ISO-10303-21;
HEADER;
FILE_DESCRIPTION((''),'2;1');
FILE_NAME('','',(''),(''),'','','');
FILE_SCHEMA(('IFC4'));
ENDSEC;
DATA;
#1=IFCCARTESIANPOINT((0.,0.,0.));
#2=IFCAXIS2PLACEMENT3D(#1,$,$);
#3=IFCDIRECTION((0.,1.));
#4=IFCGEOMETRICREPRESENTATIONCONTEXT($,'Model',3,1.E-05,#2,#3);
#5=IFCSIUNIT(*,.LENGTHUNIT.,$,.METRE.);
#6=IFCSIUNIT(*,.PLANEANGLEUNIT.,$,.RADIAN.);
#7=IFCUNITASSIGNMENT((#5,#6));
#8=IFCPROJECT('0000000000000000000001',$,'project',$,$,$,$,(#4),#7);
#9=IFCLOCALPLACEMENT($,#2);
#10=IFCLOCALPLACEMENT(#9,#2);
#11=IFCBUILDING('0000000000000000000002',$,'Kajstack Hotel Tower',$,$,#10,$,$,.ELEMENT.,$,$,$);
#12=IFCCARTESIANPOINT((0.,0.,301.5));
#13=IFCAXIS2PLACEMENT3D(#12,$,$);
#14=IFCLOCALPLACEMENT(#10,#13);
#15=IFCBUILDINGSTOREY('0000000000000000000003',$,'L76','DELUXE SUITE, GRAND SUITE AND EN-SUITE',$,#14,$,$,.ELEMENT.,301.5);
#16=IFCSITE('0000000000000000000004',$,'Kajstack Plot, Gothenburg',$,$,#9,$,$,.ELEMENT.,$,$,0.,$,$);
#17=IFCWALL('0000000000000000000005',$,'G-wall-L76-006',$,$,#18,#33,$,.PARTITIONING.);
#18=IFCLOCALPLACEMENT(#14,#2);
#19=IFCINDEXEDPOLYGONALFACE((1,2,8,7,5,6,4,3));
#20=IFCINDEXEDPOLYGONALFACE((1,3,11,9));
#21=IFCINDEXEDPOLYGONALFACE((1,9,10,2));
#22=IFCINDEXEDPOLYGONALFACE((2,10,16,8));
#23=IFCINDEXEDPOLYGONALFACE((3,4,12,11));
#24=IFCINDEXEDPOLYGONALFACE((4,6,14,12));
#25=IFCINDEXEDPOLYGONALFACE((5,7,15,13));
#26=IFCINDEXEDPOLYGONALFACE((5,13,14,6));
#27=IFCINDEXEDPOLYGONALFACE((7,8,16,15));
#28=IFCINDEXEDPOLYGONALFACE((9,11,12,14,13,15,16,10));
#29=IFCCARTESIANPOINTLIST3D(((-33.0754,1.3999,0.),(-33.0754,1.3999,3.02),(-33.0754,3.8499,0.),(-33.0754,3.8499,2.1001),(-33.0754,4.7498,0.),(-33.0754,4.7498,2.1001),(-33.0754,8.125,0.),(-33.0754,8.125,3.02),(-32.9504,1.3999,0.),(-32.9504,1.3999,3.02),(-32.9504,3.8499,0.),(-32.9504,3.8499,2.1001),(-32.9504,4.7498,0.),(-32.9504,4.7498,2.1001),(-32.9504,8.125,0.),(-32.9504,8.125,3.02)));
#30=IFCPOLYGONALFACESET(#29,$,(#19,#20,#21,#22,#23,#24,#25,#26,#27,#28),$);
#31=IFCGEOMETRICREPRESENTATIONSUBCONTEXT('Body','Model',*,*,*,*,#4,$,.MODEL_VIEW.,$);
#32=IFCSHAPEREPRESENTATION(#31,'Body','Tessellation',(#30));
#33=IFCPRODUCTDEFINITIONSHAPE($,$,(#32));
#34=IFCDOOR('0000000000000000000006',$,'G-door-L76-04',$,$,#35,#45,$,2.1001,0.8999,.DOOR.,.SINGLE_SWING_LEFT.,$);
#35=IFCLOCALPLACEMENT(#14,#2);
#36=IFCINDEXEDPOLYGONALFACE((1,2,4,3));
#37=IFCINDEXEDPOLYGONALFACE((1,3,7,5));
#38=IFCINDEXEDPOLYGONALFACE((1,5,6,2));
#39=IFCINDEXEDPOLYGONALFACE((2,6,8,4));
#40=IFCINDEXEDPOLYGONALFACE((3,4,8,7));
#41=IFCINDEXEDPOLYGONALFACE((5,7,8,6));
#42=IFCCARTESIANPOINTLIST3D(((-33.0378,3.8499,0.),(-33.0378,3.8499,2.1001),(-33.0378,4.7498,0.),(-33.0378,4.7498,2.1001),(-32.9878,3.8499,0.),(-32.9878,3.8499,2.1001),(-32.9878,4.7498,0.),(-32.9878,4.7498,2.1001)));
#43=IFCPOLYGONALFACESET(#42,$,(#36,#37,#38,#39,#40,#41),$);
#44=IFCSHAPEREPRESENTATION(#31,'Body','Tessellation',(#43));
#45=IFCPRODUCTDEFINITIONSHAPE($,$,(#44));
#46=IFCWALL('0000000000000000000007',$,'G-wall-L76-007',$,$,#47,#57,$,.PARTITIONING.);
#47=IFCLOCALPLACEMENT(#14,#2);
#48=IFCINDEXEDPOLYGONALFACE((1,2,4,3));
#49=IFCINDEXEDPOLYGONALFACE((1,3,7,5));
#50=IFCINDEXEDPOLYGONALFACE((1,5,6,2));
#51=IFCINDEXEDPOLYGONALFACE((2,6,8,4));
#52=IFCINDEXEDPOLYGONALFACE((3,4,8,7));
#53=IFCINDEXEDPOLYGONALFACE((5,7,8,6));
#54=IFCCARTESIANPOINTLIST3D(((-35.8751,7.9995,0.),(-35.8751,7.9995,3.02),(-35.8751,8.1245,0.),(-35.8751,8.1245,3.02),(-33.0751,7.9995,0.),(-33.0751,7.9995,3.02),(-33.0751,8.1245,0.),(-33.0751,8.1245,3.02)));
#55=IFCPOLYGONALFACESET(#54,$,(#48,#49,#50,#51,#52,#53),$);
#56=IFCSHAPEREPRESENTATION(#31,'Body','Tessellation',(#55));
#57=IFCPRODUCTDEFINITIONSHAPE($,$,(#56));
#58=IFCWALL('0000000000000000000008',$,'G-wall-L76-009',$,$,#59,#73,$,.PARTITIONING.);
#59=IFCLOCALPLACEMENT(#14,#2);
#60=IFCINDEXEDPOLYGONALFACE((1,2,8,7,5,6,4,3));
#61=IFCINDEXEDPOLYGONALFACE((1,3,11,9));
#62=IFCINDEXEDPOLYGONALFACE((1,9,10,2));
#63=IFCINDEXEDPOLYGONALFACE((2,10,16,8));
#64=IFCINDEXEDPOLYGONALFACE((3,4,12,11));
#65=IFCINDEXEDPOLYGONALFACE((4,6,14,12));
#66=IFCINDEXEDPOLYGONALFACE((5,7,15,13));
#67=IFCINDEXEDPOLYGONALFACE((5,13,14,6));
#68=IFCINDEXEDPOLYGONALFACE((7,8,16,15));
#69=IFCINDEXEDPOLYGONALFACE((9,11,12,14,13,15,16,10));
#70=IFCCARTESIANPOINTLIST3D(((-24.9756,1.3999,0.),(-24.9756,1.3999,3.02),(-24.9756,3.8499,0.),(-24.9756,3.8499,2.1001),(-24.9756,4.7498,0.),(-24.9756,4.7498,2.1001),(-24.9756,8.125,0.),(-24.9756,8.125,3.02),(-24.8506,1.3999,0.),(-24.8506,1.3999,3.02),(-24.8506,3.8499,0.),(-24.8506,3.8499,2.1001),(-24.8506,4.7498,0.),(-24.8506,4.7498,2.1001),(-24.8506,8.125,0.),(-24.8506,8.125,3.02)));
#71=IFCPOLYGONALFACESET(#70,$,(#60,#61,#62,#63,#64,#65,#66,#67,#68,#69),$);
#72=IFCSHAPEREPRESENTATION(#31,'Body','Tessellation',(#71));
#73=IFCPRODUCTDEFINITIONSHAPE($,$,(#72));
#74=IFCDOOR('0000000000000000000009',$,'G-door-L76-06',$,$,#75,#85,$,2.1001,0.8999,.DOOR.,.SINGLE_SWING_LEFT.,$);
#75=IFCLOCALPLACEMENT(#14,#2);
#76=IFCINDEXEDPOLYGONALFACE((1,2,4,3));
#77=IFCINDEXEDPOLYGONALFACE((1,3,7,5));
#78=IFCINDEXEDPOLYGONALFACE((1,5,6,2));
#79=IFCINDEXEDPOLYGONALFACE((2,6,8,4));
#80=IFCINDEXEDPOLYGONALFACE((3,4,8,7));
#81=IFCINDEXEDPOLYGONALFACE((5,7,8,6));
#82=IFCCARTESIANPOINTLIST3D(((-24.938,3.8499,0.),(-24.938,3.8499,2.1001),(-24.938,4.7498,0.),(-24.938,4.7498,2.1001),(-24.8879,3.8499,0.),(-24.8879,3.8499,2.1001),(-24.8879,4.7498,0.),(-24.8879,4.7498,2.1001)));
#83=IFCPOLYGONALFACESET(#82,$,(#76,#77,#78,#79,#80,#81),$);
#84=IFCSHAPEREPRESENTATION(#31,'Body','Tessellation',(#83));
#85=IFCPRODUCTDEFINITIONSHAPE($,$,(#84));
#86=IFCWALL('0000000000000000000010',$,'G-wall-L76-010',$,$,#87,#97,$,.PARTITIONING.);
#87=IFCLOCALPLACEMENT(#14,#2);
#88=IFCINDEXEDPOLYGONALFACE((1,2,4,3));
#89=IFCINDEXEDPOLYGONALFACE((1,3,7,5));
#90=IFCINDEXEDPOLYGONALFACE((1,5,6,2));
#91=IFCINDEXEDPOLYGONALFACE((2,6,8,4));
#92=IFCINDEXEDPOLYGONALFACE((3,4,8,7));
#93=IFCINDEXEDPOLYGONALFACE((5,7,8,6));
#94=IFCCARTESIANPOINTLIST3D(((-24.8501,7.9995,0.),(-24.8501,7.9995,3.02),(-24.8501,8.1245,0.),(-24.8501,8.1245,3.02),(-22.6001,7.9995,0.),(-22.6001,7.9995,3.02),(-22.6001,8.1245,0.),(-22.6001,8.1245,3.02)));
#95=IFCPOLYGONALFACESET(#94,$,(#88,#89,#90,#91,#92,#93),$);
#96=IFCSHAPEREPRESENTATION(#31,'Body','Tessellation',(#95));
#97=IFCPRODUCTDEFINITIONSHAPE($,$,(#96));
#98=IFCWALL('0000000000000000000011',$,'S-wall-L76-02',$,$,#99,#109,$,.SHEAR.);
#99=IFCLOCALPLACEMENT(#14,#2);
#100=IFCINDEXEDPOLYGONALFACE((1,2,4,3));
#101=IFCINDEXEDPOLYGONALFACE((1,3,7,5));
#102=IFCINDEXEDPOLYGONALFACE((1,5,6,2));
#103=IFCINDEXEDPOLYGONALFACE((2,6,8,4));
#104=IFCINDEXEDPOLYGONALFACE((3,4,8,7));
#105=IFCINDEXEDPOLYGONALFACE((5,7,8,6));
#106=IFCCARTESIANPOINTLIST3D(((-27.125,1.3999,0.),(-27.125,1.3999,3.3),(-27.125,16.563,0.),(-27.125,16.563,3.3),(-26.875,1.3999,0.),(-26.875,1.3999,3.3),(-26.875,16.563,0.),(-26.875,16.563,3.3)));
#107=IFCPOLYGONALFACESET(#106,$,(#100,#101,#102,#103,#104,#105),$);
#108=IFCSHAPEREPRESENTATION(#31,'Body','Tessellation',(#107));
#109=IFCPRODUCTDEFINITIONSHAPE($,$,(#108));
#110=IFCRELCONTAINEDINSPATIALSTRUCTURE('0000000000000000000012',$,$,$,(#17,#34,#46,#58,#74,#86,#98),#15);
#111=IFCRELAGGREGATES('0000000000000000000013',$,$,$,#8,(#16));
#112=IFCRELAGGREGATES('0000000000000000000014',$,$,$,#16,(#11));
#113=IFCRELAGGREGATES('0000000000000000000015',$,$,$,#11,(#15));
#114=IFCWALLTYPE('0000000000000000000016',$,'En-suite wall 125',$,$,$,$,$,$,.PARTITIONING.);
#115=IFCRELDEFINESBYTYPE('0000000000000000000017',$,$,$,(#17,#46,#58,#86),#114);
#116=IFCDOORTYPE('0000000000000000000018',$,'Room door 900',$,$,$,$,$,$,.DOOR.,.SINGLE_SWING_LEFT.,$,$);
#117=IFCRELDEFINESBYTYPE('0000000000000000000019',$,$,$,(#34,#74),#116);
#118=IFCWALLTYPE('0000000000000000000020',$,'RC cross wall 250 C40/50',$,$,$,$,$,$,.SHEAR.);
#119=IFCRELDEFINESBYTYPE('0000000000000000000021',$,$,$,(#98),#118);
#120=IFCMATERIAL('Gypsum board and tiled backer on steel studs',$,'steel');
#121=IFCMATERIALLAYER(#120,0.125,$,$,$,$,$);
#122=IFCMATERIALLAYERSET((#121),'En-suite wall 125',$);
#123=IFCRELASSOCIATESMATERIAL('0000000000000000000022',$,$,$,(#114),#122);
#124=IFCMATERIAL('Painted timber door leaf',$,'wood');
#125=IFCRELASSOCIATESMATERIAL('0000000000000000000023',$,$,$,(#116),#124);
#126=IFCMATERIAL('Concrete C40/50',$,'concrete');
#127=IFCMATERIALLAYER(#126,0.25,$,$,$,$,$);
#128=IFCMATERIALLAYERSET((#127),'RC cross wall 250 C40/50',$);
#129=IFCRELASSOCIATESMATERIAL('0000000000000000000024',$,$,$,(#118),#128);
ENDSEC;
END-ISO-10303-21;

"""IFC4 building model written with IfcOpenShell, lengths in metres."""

from ifc_helpers import new_model, si_unit, direction, frame, frame_2d, origin, place, context, subcontext, project, spatial, rectangle, extrude, material, layer, layer_set, type_object, element, fill, save


model = new_model("IFC4")

# Units and contexts
model_context = context("Model", 3, precision=1e-05, world=origin(), true_north=direction((0.0, 1.0)))
body_context = subcontext(model_context, "Body", "Model", "MODEL_VIEW")
ifc_project = project(units=[si_unit("LENGTHUNIT", "METRE"), si_unit("PLANEANGLEUNIT", "RADIAN")], contexts=[model_context])

# Site, building, storey
site_placement = place(None, origin())
site = spatial("IfcSite", under=ifc_project, at=site_placement, Name="Kajstack Plot, Gothenburg", CompositionType="ELEMENT", RefElevation=0.0)
building_placement = place(site_placement, origin())
building = spatial("IfcBuilding", under=site, at=building_placement, Name="Kajstack Hotel Tower", CompositionType="ELEMENT")
storey_placement = place(building_placement, frame((0.0, 0.0, 301.5)))
storey = spatial("IfcBuildingStorey", under=building, at=storey_placement, Name="L76", Description="DELUXE SUITE, GRAND SUITE AND EN-SUITE", CompositionType="ELEMENT", Elevation=301.5)

# Shared definitions
ifc_material_1 = material(Name="Gypsum board and tiled backer on steel studs", Category="steel")
ifc_layer_1 = layer(ifc_material_1, 0.125)
ifc_layer_set_1 = layer_set([ifc_layer_1], Name="En-suite wall 125")
wall_type_1 = type_object("IfcWallType", Name="En-suite wall 125", PredefinedType="PARTITIONING", material=ifc_layer_set_1)

# Wall, opening, door
wall_1_placement = place(storey_placement, frame((-33.0129, 1.3999, 0.0), z_axis=(0.0, 0.0, 1.0), x_axis=(0.0, 1.0, 0.0)))
wall_1 = element("IfcWall", 1, at=wall_1_placement, inside=storey, type_object=wall_type_1, Name="G-wall-L76-006", PredefinedType="PARTITIONING", context=body_context, shape_type="SweptSolid", body=[
    extrude(rectangle(XDim=6.7251, YDim=0.125, at=frame_2d((3.3625, 0.0))), origin(), (0.0, 0.0, 1.0), 3.02),
])
opening_1_placement = place(wall_1_placement, frame((2.45, 0.0, 0.0)))
opening_1 = element("IfcOpeningElement", 2, at=opening_1_placement, cuts=wall_1, PredefinedType="OPENING", context=body_context, shape_type="SweptSolid", body=[
    extrude(rectangle(XDim=0.8999, YDim=2.1001, at=frame_2d((0.45, 1.05))), frame((0.0, 0.0725, 0.0), z_axis=(0.0, -1.0, 0.0), x_axis=(1.0, 0.0, 0.0)), (0.0, 0.0, 1.0), 0.145),
])
ifc_material_2 = material(Name="Painted timber door leaf", Category="wood")
door_type = type_object("IfcDoorType", Name="Room door 900", OperationType="SINGLE_SWING_LEFT", PredefinedType="DOOR", material=ifc_material_2)
door_1_placement = place(opening_1_placement, origin())
door_1 = element("IfcDoor", 3, at=door_1_placement, inside=storey, type_object=door_type, Name="G-door-L76-04", OperationType="SINGLE_SWING_LEFT", OverallHeight=2.1001, OverallWidth=0.8999, PredefinedType="DOOR", context=body_context, shape_type="SweptSolid", body=[
    extrude(rectangle(XDim=0.8999, YDim=2.1001, at=frame_2d((0.45, 1.05))), frame((0.0, 0.0249, 0.0), z_axis=(0.0, -1.0, 0.0), x_axis=(1.0, 0.0, 0.0)), (0.0, 0.0, 1.0), 0.05),
])
fill(opening_1, door_1)

# Wall
wall_2_placement = place(storey_placement, frame((-35.875, 8.062, 0.0), z_axis=(0.0, 0.0, 1.0), x_axis=(1.0, 0.0, 0.0)))
element("IfcWall", 4, at=wall_2_placement, inside=storey, type_object=wall_type_1, Name="G-wall-L76-007", PredefinedType="PARTITIONING", context=body_context, shape_type="SweptSolid", body=[
    extrude(rectangle(XDim=2.8, YDim=0.125, at=frame_2d((1.3999, 0.0))), origin(), (0.0, 0.0, 1.0), 3.02),
])

# Wall, opening, door
wall_3_placement = place(storey_placement, frame((-24.9131, 1.3999, 0.0), z_axis=(0.0, 0.0, 1.0), x_axis=(0.0, 1.0, 0.0)))
wall_3 = element("IfcWall", 5, at=wall_3_placement, inside=storey, type_object=wall_type_1, Name="G-wall-L76-009", PredefinedType="PARTITIONING", context=body_context, shape_type="SweptSolid", body=[
    extrude(rectangle(XDim=6.7251, YDim=0.125, at=frame_2d((3.3625, 0.0))), origin(), (0.0, 0.0, 1.0), 3.02),
])
opening_2_placement = place(wall_3_placement, frame((2.45, 0.0, 0.0)))
opening_2 = element("IfcOpeningElement", 6, at=opening_2_placement, cuts=wall_3, PredefinedType="OPENING", context=body_context, shape_type="SweptSolid", body=[
    extrude(rectangle(XDim=0.8999, YDim=2.1001, at=frame_2d((0.45, 1.05))), frame((0.0, 0.0725, 0.0), z_axis=(0.0, -1.0, 0.0), x_axis=(1.0, 0.0, 0.0)), (0.0, 0.0, 1.0), 0.145),
])
door_2_placement = place(opening_2_placement, origin())
door_2 = element("IfcDoor", 7, at=door_2_placement, inside=storey, type_object=door_type, Name="G-door-L76-06", OperationType="SINGLE_SWING_LEFT", OverallHeight=2.1001, OverallWidth=0.8999, PredefinedType="DOOR", context=body_context, shape_type="SweptSolid", body=[
    extrude(rectangle(XDim=0.8999, YDim=2.1001, at=frame_2d((0.45, 1.05))), frame((0.0, 0.0249, 0.0), z_axis=(0.0, -1.0, 0.0), x_axis=(1.0, 0.0, 0.0)), (0.0, 0.0, 1.0), 0.05),
])
fill(opening_2, door_2)

# Walls
wall_4_placement = place(storey_placement, frame((-24.8501, 8.062, 0.0), z_axis=(0.0, 0.0, 1.0), x_axis=(1.0, 0.0, 0.0)))
element("IfcWall", 8, at=wall_4_placement, inside=storey, type_object=wall_type_1, Name="G-wall-L76-010", PredefinedType="PARTITIONING", context=body_context, shape_type="SweptSolid", body=[
    extrude(rectangle(XDim=2.25, YDim=0.125, at=frame_2d((1.125, 0.0))), origin(), (0.0, 0.0, 1.0), 3.02),
])
ifc_material_3 = material(Name="Concrete C40/50", Category="concrete")
ifc_layer_2 = layer(ifc_material_3, 0.25)
ifc_layer_set_2 = layer_set([ifc_layer_2], Name="RC cross wall 250 C40/50")
wall_type_2 = type_object("IfcWallType", Name="RC cross wall 250 C40/50", PredefinedType="SHEAR", material=ifc_layer_set_2)
wall_5_placement = place(storey_placement, frame((-27.0, 1.3999, 0.0), z_axis=(0.0, 0.0, 1.0), x_axis=(0.0, 1.0, 0.0)))
element("IfcWall", 9, at=wall_5_placement, inside=storey, type_object=wall_type_2, Name="S-wall-L76-02", PredefinedType="SHEAR", context=body_context, shape_type="SweptSolid", body=[
    extrude(rectangle(XDim=15.1631, YDim=0.25, at=frame_2d((7.5815, 0.0))), origin(), (0.0, 0.0, 1.0), 3.3),
])

save(model, "model.ifc")
